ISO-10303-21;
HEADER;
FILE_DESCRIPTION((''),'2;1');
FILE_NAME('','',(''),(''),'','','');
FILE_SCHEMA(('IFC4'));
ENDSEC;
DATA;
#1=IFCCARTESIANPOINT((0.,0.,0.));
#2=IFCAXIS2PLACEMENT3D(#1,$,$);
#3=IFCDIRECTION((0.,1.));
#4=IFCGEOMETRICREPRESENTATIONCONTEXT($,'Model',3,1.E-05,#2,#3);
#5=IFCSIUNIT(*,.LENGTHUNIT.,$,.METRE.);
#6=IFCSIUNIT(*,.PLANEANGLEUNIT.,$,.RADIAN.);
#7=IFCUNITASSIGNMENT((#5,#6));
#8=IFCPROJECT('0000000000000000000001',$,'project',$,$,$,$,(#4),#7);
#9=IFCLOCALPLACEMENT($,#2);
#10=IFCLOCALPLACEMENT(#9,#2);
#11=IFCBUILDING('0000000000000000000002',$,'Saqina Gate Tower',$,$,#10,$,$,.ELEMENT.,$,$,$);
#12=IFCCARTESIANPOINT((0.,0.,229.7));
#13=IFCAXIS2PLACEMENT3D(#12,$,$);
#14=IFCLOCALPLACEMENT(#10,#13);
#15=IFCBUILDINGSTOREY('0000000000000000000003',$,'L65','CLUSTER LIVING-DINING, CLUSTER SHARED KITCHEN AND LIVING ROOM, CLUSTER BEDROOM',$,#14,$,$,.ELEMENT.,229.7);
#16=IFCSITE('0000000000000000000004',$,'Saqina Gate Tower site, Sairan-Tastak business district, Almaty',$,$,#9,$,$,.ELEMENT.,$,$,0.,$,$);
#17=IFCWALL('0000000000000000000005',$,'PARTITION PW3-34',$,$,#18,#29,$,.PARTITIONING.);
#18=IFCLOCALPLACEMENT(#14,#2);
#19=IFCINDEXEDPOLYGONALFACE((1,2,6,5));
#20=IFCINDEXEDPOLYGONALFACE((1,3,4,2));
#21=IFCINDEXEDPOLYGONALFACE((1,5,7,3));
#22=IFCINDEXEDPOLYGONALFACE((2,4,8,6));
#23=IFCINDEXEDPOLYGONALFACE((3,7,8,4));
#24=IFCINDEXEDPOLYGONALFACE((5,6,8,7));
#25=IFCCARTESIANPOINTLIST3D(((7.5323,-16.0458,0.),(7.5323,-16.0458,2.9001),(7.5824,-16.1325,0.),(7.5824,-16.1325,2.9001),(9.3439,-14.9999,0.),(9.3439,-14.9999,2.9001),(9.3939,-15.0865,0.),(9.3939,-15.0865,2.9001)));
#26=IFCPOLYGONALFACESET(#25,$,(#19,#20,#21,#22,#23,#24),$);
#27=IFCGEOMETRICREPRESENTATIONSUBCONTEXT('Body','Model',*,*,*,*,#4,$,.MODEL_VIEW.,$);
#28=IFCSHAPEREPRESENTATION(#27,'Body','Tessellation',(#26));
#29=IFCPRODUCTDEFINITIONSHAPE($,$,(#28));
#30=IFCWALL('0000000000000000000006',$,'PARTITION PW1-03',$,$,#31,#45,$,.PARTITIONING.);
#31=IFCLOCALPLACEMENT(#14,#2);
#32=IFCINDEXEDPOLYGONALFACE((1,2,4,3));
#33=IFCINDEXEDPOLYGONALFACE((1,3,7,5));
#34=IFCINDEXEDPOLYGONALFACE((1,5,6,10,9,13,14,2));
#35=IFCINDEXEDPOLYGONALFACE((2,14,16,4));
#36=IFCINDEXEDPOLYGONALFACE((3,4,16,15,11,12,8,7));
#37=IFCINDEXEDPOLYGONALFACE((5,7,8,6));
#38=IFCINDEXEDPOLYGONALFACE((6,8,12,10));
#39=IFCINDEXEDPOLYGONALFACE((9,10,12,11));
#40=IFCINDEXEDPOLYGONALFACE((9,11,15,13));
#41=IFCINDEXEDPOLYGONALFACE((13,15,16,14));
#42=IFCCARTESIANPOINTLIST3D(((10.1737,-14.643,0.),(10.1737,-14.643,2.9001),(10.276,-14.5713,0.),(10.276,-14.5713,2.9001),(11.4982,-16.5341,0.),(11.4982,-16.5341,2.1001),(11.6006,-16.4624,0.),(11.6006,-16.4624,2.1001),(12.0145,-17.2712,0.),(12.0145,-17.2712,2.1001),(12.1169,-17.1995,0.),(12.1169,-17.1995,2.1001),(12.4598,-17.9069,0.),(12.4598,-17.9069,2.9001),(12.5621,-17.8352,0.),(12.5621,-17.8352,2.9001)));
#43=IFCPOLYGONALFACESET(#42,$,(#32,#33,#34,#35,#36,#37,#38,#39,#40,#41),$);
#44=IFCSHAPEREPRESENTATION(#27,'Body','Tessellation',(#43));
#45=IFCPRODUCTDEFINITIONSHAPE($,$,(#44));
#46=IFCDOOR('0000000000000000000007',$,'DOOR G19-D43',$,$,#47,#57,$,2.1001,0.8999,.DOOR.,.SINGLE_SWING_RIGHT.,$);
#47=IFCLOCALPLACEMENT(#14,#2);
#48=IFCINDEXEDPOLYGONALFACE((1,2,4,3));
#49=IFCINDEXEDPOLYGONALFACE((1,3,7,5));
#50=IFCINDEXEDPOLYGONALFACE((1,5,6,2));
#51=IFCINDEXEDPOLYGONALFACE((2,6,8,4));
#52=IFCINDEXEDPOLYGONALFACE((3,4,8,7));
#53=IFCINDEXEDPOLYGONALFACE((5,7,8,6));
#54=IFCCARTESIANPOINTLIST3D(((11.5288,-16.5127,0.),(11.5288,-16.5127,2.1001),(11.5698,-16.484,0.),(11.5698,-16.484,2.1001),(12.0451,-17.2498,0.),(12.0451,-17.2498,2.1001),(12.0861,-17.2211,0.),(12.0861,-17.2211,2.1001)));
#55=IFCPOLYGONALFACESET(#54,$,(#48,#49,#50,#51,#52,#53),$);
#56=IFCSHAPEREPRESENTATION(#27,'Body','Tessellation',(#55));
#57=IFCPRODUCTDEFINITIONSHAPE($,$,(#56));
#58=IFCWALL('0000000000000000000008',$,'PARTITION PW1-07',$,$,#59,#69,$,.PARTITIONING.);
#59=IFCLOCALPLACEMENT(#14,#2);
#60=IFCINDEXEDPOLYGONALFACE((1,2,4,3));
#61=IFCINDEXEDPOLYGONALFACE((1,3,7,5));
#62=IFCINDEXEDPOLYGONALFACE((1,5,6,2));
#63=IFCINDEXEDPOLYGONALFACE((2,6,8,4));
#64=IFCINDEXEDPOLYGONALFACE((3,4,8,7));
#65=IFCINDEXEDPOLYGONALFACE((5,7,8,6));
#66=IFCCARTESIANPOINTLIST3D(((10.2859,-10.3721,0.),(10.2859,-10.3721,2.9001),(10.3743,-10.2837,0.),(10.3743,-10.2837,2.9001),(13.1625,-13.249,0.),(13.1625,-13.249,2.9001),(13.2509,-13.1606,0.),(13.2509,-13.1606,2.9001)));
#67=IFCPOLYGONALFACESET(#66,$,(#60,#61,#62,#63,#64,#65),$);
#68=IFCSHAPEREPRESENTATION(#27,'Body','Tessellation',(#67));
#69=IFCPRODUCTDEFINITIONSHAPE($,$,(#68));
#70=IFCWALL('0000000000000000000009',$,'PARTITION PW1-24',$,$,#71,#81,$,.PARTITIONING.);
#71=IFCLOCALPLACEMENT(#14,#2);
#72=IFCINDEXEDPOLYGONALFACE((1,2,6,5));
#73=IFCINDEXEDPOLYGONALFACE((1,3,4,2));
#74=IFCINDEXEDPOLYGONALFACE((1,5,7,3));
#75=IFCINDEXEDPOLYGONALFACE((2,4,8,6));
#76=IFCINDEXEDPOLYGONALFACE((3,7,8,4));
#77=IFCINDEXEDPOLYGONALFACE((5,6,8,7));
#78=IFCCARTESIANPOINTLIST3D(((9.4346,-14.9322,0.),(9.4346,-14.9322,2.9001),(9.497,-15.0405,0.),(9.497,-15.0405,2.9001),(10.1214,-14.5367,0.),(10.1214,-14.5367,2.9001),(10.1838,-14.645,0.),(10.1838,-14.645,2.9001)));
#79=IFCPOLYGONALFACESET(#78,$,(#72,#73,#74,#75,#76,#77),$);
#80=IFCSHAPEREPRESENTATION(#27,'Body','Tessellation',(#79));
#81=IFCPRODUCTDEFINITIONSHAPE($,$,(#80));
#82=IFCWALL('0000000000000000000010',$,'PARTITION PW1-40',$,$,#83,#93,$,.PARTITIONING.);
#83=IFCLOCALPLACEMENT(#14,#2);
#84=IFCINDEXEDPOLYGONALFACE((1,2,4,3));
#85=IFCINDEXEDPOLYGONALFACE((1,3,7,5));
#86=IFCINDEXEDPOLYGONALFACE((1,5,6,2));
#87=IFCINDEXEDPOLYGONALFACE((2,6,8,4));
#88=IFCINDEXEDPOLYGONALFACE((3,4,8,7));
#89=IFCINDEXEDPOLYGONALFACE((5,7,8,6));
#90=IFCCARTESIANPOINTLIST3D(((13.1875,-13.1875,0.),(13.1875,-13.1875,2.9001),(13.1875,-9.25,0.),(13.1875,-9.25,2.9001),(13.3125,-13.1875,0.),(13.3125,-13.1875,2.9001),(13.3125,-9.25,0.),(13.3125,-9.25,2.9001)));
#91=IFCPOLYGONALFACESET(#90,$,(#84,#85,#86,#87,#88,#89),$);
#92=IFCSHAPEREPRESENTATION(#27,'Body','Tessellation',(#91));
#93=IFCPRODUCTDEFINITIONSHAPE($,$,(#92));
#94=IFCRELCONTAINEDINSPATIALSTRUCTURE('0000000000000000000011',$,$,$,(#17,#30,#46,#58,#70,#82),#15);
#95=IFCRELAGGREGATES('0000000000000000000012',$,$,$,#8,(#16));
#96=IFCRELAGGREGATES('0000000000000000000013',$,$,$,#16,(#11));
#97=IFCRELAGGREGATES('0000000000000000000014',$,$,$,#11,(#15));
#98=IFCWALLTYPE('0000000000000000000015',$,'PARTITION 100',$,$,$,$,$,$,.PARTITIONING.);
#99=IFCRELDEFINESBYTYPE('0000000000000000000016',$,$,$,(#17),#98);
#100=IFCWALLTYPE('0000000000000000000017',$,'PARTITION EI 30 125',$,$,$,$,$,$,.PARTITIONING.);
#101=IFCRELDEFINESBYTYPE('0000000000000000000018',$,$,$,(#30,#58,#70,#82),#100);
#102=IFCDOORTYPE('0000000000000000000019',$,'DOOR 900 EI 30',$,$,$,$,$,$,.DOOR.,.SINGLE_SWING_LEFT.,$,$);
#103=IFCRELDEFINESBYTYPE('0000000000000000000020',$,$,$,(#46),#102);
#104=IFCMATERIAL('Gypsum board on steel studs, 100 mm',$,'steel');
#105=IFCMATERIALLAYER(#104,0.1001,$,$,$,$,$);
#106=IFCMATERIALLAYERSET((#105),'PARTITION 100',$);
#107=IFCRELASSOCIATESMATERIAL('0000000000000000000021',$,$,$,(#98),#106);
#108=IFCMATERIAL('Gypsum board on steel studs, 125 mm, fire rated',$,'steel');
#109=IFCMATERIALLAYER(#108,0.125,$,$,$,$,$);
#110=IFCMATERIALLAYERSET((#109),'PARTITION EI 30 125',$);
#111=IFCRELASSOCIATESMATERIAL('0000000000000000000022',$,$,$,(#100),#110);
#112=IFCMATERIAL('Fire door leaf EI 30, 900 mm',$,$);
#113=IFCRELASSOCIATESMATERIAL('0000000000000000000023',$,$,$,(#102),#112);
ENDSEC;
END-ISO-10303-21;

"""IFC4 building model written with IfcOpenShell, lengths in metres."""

from ifc_helpers import new_model, si_unit, direction, frame, frame_2d, origin, place, context, subcontext, project, spatial, rectangle, extrude, material, layer, layer_set, type_object, element, fill, save


model = new_model("IFC4")

# Units and contexts
model_context = context("Model", 3, precision=1e-05, world=origin(), true_north=direction((0.0, 1.0)))
body_context = subcontext(model_context, "Body", "Model", "MODEL_VIEW")
ifc_project = project(units=[si_unit("LENGTHUNIT", "METRE"), si_unit("PLANEANGLEUNIT", "RADIAN")], contexts=[model_context])

# Site, building, storey
site_placement = place(None, origin())
site = spatial("IfcSite", under=ifc_project, at=site_placement, Name="Saqina Gate Tower site, Sairan-Tastak business district, Almaty", CompositionType="ELEMENT", RefElevation=0.0)
building_placement = place(site_placement, origin())
building = spatial("IfcBuilding", under=site, at=building_placement, Name="Saqina Gate Tower", CompositionType="ELEMENT")
storey_placement = place(building_placement, frame((0.0, 0.0, 229.7)))
storey = spatial("IfcBuildingStorey", under=building, at=storey_placement, Name="L65", Description="CLUSTER LIVING-DINING, CLUSTER SHARED KITCHEN AND LIVING ROOM, CLUSTER BEDROOM", CompositionType="ELEMENT", Elevation=229.7)

# Shared definitions
ifc_material_1 = material(Name="Gypsum board on steel studs, 100 mm", Category="steel")
ifc_layer_1 = layer(ifc_material_1, 0.1001)
ifc_layer_set_1 = layer_set([ifc_layer_1], Name="PARTITION 100")
wall_type_1 = type_object("IfcWallType", Name="PARTITION 100", PredefinedType="PARTITIONING", material=ifc_layer_set_1)

# Wall
wall_1_placement = place(storey_placement, frame((7.5574, -16.0891, 0.0), z_axis=(0.0, 0.0, 1.0), x_axis=(0.866022, 0.500005, 0.0)))
element("IfcWall", 1, at=wall_1_placement, inside=storey, type_object=wall_type_1, Name="PARTITION PW3-34", PredefinedType="PARTITIONING", context=body_context, shape_type="SweptSolid", body=[
    extrude(rectangle(XDim=2.0918, YDim=0.1001, at=frame_2d((1.0459, 0.0))), origin(), (0.0, 0.0, 1.0), 2.9001),
])

# Wall, opening, door
ifc_material_2 = material(Name="Gypsum board on steel studs, 125 mm, fire rated", Category="steel")
ifc_layer_2 = layer(ifc_material_2, 0.125)
ifc_layer_set_2 = layer_set([ifc_layer_2], Name="PARTITION EI 30 125")
wall_type_2 = type_object("IfcWallType", Name="PARTITION EI 30 125", PredefinedType="PARTITIONING", material=ifc_layer_set_2)
wall_2_placement = place(storey_placement, frame((10.2249, -14.6072, 0.0), z_axis=(0.0, 0.0, 1.0), x_axis=(0.573697, -0.819068, 0.0)))
wall_2 = element("IfcWall", 2, at=wall_2_placement, inside=storey, type_object=wall_type_2, Name="PARTITION PW1-03", PredefinedType="PARTITIONING", context=body_context, shape_type="SweptSolid", body=[
    extrude(rectangle(XDim=3.9849, YDim=0.125, at=frame_2d((1.9924, 0.0))), origin(), (0.0, 0.0, 1.0), 2.9001),
])
opening_1_placement = place(wall_2_placement, frame((2.3088, 0.0, 0.0)))
opening_1 = element("IfcOpeningElement", 3, at=opening_1_placement, cuts=wall_2, PredefinedType="OPENING", context=body_context, shape_type="SweptSolid", body=[
    extrude(rectangle(XDim=0.8999, YDim=2.1001, at=frame_2d((0.45, 1.05))), frame((0.0, 0.0745, 0.0), z_axis=(0.0, -1.0, 0.0), x_axis=(1.0, 0.0, 0.0)), (0.0, 0.0, 1.0), 0.1489),
])
ifc_material_3 = material(Name="Fire door leaf EI 30, 900 mm")
door_type_1 = type_object("IfcDoorType", Name="DOOR 900 EI 30", OperationType="SINGLE_SWING_LEFT", PredefinedType="DOOR", material=ifc_material_3)
door_1_placement = place(opening_1_placement, origin())
door_1 = element("IfcDoor", 4, at=door_1_placement, inside=storey, type_object=door_type_1, Name="DOOR G19-D43", OperationType="SINGLE_SWING_RIGHT", OverallHeight=2.1001, OverallWidth=0.8999, PredefinedType="DOOR", context=body_context, shape_type="SweptSolid", body=[
    extrude(rectangle(XDim=0.8999, YDim=2.1001, at=frame_2d((0.45, 1.05))), frame((0.0, 0.0249, 0.0), z_axis=(0.0, -1.0, 0.0), x_axis=(1.0, 0.0, 0.0)), (0.0, 0.0, 1.0), 0.05),
])
fill(opening_1, door_1)

# Walls
wall_3_placement = place(storey_placement, frame((10.3301, -10.3279, 0.0), z_axis=(0.0, 0.0, 1.0), x_axis=(0.707077, -0.707137, 0.0)))
element("IfcWall", 5, at=wall_3_placement, inside=storey, type_object=wall_type_2, Name="PARTITION PW1-07", PredefinedType="PARTITIONING", context=body_context, shape_type="SweptSolid", body=[
    extrude(rectangle(XDim=4.0684, YDim=0.125, at=frame_2d((2.0342, 0.0))), origin(), (0.0, 0.0, 1.0), 2.9001),
])
wall_4_placement = place(storey_placement, frame((9.4658, -14.9863, 0.0), z_axis=(0.0, 0.0, 1.0), x_axis=(0.86657, 0.499056, 0.0)))
element("IfcWall", 6, at=wall_4_placement, inside=storey, type_object=wall_type_2, Name="PARTITION PW1-24", PredefinedType="PARTITIONING", context=body_context, shape_type="SweptSolid", body=[
    extrude(rectangle(XDim=0.7925, YDim=0.125, at=frame_2d((0.3962, 0.0))), origin(), (0.0, 0.0, 1.0), 2.9001),
])
wall_5_placement = place(storey_placement, frame((13.25, -13.1875, 0.0), z_axis=(0.0, 0.0, 1.0), x_axis=(0.0, 1.0, 0.0)))
element("IfcWall", 7, at=wall_5_placement, inside=storey, type_object=wall_type_2, Name="PARTITION PW1-40", PredefinedType="PARTITIONING", context=body_context, shape_type="SweptSolid", body=[
    extrude(rectangle(XDim=3.9375, YDim=0.125, at=frame_2d((1.9688, 0.0))), origin(), (0.0, 0.0, 1.0), 2.9001),
])

save(model, "model.ifc")
